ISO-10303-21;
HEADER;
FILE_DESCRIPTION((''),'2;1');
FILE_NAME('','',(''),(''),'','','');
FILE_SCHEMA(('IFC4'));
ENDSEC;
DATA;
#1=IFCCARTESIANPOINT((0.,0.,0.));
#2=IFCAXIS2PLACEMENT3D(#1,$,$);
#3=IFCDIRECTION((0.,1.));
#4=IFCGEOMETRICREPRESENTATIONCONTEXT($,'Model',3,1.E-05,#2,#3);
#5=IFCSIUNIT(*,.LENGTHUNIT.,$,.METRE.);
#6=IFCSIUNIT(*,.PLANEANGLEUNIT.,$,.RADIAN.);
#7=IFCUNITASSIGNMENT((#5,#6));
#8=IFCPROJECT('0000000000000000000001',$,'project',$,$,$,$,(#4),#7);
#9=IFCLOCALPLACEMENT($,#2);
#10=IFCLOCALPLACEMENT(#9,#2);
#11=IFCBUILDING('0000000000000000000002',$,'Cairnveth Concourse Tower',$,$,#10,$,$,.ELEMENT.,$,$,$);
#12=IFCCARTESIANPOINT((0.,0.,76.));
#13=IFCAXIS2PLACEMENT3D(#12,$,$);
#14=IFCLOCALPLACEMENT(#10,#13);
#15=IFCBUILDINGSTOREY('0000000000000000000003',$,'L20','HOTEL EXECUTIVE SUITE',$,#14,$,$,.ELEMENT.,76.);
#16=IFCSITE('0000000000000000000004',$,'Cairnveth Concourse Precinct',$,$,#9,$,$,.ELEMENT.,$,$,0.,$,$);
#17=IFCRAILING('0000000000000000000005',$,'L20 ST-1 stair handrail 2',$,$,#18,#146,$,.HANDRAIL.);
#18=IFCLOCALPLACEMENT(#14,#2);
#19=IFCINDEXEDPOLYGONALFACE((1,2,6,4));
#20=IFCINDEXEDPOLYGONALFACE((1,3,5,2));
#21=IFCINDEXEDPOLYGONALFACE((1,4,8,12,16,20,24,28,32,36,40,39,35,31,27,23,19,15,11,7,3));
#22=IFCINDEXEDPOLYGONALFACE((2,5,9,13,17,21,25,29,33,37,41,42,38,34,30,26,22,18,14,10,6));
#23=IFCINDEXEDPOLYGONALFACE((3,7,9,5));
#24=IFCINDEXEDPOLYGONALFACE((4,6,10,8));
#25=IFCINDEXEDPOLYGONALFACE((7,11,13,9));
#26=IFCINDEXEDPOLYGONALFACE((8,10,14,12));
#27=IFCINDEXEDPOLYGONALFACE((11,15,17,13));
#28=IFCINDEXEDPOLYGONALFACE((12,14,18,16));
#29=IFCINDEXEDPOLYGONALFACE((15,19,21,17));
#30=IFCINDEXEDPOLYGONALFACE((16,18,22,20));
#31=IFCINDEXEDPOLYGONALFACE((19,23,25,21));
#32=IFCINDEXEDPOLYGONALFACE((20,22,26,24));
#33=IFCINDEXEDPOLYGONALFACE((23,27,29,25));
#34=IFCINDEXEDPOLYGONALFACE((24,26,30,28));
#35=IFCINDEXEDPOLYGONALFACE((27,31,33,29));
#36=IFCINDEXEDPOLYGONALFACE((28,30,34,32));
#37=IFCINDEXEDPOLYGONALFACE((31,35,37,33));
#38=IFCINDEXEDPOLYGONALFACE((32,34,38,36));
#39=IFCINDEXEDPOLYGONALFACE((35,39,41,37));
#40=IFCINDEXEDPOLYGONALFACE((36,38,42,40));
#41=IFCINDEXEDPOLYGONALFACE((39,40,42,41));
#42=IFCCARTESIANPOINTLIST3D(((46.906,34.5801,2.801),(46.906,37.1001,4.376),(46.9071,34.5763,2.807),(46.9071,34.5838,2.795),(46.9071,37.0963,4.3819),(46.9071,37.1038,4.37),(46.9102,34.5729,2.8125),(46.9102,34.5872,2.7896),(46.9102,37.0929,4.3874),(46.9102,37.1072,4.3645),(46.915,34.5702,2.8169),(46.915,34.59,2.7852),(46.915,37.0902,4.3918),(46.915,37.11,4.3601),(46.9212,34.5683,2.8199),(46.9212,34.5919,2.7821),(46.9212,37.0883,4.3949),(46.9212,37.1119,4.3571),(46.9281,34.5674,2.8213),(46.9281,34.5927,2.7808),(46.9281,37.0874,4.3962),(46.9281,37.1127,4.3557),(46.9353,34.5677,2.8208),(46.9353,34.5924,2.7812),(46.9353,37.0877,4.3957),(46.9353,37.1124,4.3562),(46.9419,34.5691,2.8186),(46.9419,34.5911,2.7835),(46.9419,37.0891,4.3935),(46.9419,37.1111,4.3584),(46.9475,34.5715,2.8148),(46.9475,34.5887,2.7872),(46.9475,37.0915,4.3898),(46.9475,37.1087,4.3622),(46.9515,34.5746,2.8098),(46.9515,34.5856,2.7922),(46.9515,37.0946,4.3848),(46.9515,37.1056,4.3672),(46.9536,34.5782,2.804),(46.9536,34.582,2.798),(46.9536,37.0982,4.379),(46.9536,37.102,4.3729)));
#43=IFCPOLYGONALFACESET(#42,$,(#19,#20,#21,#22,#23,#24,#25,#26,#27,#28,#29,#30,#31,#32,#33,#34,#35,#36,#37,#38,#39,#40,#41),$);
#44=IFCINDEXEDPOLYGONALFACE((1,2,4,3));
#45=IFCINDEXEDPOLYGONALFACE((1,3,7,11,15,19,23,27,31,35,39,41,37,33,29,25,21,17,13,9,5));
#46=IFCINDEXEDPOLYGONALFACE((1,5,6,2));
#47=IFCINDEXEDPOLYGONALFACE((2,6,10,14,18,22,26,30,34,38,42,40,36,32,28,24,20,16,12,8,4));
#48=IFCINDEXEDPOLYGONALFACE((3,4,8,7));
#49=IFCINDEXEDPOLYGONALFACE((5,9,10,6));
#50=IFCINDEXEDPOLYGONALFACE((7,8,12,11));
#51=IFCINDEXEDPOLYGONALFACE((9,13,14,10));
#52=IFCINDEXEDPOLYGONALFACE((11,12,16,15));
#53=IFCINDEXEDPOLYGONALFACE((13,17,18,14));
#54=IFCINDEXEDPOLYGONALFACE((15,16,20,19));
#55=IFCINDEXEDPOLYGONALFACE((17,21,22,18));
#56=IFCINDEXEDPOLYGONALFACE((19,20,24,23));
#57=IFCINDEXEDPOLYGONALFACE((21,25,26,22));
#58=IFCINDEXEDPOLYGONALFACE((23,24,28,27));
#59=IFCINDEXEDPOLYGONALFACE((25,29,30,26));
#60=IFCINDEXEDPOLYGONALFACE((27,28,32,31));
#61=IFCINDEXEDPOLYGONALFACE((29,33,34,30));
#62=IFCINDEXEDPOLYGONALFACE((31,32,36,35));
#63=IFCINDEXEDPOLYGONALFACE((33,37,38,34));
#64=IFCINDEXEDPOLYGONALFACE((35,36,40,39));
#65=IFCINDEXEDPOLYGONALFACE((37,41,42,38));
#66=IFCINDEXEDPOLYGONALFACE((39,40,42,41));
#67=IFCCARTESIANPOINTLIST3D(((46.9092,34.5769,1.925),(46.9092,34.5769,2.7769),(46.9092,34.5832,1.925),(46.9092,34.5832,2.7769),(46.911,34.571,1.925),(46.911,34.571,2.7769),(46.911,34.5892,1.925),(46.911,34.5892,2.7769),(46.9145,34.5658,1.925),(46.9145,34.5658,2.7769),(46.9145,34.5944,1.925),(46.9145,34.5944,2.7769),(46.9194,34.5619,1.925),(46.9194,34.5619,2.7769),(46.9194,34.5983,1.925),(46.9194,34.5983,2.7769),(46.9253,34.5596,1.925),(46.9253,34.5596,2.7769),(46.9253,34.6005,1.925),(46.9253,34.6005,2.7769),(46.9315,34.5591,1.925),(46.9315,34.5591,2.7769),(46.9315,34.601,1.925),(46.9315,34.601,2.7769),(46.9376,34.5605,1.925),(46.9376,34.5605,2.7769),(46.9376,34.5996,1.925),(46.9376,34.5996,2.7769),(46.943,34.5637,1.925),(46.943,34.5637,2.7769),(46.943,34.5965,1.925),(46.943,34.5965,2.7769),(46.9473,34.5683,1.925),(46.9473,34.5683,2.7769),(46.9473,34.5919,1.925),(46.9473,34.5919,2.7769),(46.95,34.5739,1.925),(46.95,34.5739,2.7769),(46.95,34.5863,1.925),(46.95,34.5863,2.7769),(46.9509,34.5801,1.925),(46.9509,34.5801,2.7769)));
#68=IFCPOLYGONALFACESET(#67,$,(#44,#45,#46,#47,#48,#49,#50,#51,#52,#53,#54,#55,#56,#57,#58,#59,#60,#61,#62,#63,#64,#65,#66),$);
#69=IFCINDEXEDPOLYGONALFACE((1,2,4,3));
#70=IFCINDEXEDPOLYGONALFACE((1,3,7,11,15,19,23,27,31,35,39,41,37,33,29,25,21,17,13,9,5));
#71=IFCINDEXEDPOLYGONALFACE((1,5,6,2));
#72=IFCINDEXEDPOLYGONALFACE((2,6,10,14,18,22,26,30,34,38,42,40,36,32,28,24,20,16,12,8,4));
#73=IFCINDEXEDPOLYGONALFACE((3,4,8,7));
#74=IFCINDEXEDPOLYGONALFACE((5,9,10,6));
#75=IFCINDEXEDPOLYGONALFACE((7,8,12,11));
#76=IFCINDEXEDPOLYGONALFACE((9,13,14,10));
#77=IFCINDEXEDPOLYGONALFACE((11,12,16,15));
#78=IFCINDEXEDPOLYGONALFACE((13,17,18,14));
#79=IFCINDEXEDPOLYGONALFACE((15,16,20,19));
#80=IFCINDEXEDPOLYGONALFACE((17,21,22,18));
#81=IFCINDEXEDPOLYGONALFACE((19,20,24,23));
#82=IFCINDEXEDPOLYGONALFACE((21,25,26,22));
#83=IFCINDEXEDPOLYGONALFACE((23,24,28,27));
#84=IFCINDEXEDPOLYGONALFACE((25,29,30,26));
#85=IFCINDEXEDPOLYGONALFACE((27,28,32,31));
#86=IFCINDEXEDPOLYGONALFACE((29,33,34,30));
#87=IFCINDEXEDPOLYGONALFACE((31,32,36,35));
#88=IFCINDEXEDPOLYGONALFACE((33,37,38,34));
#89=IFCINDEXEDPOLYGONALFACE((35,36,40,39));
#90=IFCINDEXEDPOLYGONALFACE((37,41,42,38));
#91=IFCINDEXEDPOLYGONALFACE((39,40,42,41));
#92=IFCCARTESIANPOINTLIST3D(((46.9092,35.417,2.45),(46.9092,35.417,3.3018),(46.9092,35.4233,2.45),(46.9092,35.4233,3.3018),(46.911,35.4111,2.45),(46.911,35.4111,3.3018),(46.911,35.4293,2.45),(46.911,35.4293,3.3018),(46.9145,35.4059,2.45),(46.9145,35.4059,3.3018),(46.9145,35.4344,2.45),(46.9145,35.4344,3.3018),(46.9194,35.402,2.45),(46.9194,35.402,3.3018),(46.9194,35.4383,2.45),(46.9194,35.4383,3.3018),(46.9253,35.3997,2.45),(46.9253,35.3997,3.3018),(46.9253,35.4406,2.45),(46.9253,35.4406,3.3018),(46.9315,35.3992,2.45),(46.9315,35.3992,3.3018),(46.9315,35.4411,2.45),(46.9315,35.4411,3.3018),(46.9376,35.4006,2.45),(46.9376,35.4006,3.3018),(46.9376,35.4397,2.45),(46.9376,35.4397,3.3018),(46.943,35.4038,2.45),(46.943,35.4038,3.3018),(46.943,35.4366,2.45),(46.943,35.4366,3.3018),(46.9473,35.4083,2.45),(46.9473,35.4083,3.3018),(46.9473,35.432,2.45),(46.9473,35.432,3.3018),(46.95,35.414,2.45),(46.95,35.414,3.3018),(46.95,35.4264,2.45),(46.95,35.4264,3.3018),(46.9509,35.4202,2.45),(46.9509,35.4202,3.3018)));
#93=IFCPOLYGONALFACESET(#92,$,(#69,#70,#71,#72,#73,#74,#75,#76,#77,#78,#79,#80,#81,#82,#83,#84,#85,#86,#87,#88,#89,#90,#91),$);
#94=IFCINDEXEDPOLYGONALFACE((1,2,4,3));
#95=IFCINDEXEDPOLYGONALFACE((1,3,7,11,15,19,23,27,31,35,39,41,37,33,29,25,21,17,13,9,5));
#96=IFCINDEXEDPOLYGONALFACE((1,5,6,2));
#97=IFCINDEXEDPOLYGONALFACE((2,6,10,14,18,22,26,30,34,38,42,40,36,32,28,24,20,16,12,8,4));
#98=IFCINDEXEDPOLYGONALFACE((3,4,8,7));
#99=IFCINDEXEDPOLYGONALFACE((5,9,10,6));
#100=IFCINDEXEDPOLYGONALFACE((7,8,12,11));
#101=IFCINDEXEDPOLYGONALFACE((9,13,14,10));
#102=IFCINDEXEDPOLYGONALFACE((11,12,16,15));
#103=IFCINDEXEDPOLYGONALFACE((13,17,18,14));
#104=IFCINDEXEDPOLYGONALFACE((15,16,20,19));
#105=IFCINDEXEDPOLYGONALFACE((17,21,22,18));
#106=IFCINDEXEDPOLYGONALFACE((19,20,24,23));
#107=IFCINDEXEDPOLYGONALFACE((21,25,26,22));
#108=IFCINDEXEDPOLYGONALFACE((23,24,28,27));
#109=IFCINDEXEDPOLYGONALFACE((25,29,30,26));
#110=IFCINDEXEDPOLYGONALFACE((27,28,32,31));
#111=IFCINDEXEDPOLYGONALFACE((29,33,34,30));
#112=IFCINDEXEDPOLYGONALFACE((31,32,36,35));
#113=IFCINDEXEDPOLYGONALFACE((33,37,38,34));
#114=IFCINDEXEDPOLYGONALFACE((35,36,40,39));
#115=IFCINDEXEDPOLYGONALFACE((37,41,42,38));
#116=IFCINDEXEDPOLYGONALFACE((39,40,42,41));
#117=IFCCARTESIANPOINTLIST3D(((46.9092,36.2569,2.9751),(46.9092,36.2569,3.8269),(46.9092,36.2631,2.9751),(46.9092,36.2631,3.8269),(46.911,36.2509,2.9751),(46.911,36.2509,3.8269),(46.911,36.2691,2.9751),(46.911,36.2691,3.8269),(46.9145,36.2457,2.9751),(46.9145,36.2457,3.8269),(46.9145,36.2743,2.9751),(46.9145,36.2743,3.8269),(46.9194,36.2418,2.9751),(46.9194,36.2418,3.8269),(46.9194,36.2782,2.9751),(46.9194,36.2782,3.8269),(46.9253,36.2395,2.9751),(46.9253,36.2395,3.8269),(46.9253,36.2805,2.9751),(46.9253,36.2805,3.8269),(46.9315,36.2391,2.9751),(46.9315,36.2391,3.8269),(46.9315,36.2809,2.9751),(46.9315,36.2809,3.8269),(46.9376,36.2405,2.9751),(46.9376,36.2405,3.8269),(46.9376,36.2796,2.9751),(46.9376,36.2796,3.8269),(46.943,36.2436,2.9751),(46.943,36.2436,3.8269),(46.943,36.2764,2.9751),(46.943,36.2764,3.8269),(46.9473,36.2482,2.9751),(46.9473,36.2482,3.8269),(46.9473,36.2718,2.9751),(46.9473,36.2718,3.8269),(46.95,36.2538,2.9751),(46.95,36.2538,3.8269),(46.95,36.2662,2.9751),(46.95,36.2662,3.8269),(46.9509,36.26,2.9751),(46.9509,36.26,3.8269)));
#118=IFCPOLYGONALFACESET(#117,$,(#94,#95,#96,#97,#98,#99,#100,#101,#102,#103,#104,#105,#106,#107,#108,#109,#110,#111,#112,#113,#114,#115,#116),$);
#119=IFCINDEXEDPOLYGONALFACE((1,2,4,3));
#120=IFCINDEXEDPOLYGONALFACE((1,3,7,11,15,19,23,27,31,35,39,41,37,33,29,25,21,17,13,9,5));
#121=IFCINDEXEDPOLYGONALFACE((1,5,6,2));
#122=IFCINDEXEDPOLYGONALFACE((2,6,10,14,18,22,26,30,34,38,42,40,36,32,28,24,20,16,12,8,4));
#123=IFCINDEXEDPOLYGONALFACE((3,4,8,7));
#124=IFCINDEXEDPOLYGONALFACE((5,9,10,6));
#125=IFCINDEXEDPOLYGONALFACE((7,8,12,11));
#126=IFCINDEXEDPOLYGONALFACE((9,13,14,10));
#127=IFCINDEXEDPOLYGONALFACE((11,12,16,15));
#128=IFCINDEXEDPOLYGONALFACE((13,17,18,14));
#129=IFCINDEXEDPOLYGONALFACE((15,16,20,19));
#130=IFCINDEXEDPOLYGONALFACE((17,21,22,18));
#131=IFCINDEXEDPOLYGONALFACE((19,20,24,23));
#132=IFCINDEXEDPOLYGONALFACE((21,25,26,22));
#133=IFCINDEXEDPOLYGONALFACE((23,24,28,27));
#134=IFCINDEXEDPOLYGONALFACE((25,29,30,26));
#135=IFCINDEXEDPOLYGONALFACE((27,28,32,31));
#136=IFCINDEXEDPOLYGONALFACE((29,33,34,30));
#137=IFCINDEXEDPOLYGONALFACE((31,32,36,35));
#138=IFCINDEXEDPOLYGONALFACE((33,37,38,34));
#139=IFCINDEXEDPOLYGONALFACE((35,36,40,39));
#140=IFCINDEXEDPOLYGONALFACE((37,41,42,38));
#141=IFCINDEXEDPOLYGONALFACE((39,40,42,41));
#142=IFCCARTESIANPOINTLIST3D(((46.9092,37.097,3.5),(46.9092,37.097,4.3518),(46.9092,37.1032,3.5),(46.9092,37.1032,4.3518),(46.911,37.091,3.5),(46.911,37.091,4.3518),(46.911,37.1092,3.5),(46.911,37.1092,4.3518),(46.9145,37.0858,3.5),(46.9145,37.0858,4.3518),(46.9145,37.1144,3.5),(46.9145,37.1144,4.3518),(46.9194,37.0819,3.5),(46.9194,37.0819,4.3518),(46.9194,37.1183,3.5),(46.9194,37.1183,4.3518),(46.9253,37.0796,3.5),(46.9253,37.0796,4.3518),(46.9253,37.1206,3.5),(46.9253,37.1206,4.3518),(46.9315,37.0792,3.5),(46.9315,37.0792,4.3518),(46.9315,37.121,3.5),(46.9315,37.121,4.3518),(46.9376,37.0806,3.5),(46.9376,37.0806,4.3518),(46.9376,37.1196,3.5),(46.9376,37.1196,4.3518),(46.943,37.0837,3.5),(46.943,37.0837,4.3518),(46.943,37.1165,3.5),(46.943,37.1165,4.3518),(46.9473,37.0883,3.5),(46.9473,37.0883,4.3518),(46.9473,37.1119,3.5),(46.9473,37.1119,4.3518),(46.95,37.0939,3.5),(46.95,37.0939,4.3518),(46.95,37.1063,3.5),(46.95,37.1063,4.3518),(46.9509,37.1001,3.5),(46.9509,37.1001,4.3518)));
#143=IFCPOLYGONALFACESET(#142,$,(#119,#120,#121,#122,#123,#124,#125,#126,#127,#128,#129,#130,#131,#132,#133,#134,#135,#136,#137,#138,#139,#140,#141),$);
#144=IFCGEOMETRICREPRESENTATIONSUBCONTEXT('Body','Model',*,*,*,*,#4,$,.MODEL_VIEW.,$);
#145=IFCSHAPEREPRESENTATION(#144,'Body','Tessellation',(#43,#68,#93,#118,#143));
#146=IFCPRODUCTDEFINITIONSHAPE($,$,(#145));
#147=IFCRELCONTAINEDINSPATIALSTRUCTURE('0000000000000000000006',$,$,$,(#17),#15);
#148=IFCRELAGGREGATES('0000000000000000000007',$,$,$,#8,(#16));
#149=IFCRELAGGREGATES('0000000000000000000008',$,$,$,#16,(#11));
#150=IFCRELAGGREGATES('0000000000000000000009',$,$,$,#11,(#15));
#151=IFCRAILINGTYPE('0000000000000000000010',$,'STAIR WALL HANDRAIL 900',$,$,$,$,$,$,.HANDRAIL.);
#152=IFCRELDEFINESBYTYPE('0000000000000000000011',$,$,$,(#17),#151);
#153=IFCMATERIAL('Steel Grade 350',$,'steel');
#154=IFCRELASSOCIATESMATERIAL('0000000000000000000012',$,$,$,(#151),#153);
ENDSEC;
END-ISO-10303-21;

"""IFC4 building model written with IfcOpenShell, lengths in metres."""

from ifc_helpers import new_model, si_unit, direction, frame, origin, origin_2d, place, context, subcontext, project, spatial, circle, extrude, material, type_object, element, save


model = new_model("IFC4")

# Units and contexts
model_context = context("Model", 3, precision=1e-05, world=origin(), true_north=direction((0.0, 1.0)))
body_context = subcontext(model_context, "Body", "Model", "MODEL_VIEW")
ifc_project = project(units=[si_unit("LENGTHUNIT", "METRE"), si_unit("PLANEANGLEUNIT", "RADIAN")], contexts=[model_context])

# Site, building, storey
site_placement = place(None, origin())
site = spatial("IfcSite", under=ifc_project, at=site_placement, Name="Cairnveth Concourse Precinct", CompositionType="ELEMENT", RefElevation=0.0)
building_placement = place(site_placement, origin())
building = spatial("IfcBuilding", under=site, at=building_placement, Name="Cairnveth Concourse Tower", CompositionType="ELEMENT")
storey_placement = place(building_placement, frame((0.0, 0.0, 76.0)))
storey = spatial("IfcBuildingStorey", under=building, at=storey_placement, Name="L20", Description="HOTEL EXECUTIVE SUITE", CompositionType="ELEMENT", Elevation=76.0)

# Railing
ifc_material_1 = material(Name="Steel Grade 350", Category="steel")
railing_type_1 = type_object("IfcRailingType", Name="STAIR WALL HANDRAIL 900", PredefinedType="HANDRAIL", material=ifc_material_1)
railing_1_placement = place(storey_placement, frame((46.9299, 34.5801, 1.925)))
element("IfcRailing", 1, at=railing_1_placement, inside=storey, type_object=railing_type_1, Name="L20 ST-1 stair handrail 2", PredefinedType="HANDRAIL", context=body_context, shape_type="SweptSolid", body=[
    extrude(circle(Radius=0.0239, at=origin_2d()), frame((0.0, 0.0, 0.876), z_axis=(0.0, 0.848008, 0.529984), x_axis=(-1.0, 0.0, 0.0)), (0.0, 0.0, 1.0), 2.9717),
    extrude(circle(Radius=0.021, at=origin_2d()), origin(), (0.0, 0.0, 1.0), 0.8518),
    extrude(circle(Radius=0.021, at=origin_2d()), frame((0.0, 0.8401, 0.5249)), (0.0, 0.0, 1.0), 0.8518),
    extrude(circle(Radius=0.021, at=origin_2d()), frame((0.0, 1.6799, 1.05)), (0.0, 0.0, 1.0), 0.8518),
    extrude(circle(Radius=0.021, at=origin_2d()), frame((0.0, 2.52, 1.575)), (0.0, 0.0, 1.0), 0.8518),
])

save(model, "model.ifc")
